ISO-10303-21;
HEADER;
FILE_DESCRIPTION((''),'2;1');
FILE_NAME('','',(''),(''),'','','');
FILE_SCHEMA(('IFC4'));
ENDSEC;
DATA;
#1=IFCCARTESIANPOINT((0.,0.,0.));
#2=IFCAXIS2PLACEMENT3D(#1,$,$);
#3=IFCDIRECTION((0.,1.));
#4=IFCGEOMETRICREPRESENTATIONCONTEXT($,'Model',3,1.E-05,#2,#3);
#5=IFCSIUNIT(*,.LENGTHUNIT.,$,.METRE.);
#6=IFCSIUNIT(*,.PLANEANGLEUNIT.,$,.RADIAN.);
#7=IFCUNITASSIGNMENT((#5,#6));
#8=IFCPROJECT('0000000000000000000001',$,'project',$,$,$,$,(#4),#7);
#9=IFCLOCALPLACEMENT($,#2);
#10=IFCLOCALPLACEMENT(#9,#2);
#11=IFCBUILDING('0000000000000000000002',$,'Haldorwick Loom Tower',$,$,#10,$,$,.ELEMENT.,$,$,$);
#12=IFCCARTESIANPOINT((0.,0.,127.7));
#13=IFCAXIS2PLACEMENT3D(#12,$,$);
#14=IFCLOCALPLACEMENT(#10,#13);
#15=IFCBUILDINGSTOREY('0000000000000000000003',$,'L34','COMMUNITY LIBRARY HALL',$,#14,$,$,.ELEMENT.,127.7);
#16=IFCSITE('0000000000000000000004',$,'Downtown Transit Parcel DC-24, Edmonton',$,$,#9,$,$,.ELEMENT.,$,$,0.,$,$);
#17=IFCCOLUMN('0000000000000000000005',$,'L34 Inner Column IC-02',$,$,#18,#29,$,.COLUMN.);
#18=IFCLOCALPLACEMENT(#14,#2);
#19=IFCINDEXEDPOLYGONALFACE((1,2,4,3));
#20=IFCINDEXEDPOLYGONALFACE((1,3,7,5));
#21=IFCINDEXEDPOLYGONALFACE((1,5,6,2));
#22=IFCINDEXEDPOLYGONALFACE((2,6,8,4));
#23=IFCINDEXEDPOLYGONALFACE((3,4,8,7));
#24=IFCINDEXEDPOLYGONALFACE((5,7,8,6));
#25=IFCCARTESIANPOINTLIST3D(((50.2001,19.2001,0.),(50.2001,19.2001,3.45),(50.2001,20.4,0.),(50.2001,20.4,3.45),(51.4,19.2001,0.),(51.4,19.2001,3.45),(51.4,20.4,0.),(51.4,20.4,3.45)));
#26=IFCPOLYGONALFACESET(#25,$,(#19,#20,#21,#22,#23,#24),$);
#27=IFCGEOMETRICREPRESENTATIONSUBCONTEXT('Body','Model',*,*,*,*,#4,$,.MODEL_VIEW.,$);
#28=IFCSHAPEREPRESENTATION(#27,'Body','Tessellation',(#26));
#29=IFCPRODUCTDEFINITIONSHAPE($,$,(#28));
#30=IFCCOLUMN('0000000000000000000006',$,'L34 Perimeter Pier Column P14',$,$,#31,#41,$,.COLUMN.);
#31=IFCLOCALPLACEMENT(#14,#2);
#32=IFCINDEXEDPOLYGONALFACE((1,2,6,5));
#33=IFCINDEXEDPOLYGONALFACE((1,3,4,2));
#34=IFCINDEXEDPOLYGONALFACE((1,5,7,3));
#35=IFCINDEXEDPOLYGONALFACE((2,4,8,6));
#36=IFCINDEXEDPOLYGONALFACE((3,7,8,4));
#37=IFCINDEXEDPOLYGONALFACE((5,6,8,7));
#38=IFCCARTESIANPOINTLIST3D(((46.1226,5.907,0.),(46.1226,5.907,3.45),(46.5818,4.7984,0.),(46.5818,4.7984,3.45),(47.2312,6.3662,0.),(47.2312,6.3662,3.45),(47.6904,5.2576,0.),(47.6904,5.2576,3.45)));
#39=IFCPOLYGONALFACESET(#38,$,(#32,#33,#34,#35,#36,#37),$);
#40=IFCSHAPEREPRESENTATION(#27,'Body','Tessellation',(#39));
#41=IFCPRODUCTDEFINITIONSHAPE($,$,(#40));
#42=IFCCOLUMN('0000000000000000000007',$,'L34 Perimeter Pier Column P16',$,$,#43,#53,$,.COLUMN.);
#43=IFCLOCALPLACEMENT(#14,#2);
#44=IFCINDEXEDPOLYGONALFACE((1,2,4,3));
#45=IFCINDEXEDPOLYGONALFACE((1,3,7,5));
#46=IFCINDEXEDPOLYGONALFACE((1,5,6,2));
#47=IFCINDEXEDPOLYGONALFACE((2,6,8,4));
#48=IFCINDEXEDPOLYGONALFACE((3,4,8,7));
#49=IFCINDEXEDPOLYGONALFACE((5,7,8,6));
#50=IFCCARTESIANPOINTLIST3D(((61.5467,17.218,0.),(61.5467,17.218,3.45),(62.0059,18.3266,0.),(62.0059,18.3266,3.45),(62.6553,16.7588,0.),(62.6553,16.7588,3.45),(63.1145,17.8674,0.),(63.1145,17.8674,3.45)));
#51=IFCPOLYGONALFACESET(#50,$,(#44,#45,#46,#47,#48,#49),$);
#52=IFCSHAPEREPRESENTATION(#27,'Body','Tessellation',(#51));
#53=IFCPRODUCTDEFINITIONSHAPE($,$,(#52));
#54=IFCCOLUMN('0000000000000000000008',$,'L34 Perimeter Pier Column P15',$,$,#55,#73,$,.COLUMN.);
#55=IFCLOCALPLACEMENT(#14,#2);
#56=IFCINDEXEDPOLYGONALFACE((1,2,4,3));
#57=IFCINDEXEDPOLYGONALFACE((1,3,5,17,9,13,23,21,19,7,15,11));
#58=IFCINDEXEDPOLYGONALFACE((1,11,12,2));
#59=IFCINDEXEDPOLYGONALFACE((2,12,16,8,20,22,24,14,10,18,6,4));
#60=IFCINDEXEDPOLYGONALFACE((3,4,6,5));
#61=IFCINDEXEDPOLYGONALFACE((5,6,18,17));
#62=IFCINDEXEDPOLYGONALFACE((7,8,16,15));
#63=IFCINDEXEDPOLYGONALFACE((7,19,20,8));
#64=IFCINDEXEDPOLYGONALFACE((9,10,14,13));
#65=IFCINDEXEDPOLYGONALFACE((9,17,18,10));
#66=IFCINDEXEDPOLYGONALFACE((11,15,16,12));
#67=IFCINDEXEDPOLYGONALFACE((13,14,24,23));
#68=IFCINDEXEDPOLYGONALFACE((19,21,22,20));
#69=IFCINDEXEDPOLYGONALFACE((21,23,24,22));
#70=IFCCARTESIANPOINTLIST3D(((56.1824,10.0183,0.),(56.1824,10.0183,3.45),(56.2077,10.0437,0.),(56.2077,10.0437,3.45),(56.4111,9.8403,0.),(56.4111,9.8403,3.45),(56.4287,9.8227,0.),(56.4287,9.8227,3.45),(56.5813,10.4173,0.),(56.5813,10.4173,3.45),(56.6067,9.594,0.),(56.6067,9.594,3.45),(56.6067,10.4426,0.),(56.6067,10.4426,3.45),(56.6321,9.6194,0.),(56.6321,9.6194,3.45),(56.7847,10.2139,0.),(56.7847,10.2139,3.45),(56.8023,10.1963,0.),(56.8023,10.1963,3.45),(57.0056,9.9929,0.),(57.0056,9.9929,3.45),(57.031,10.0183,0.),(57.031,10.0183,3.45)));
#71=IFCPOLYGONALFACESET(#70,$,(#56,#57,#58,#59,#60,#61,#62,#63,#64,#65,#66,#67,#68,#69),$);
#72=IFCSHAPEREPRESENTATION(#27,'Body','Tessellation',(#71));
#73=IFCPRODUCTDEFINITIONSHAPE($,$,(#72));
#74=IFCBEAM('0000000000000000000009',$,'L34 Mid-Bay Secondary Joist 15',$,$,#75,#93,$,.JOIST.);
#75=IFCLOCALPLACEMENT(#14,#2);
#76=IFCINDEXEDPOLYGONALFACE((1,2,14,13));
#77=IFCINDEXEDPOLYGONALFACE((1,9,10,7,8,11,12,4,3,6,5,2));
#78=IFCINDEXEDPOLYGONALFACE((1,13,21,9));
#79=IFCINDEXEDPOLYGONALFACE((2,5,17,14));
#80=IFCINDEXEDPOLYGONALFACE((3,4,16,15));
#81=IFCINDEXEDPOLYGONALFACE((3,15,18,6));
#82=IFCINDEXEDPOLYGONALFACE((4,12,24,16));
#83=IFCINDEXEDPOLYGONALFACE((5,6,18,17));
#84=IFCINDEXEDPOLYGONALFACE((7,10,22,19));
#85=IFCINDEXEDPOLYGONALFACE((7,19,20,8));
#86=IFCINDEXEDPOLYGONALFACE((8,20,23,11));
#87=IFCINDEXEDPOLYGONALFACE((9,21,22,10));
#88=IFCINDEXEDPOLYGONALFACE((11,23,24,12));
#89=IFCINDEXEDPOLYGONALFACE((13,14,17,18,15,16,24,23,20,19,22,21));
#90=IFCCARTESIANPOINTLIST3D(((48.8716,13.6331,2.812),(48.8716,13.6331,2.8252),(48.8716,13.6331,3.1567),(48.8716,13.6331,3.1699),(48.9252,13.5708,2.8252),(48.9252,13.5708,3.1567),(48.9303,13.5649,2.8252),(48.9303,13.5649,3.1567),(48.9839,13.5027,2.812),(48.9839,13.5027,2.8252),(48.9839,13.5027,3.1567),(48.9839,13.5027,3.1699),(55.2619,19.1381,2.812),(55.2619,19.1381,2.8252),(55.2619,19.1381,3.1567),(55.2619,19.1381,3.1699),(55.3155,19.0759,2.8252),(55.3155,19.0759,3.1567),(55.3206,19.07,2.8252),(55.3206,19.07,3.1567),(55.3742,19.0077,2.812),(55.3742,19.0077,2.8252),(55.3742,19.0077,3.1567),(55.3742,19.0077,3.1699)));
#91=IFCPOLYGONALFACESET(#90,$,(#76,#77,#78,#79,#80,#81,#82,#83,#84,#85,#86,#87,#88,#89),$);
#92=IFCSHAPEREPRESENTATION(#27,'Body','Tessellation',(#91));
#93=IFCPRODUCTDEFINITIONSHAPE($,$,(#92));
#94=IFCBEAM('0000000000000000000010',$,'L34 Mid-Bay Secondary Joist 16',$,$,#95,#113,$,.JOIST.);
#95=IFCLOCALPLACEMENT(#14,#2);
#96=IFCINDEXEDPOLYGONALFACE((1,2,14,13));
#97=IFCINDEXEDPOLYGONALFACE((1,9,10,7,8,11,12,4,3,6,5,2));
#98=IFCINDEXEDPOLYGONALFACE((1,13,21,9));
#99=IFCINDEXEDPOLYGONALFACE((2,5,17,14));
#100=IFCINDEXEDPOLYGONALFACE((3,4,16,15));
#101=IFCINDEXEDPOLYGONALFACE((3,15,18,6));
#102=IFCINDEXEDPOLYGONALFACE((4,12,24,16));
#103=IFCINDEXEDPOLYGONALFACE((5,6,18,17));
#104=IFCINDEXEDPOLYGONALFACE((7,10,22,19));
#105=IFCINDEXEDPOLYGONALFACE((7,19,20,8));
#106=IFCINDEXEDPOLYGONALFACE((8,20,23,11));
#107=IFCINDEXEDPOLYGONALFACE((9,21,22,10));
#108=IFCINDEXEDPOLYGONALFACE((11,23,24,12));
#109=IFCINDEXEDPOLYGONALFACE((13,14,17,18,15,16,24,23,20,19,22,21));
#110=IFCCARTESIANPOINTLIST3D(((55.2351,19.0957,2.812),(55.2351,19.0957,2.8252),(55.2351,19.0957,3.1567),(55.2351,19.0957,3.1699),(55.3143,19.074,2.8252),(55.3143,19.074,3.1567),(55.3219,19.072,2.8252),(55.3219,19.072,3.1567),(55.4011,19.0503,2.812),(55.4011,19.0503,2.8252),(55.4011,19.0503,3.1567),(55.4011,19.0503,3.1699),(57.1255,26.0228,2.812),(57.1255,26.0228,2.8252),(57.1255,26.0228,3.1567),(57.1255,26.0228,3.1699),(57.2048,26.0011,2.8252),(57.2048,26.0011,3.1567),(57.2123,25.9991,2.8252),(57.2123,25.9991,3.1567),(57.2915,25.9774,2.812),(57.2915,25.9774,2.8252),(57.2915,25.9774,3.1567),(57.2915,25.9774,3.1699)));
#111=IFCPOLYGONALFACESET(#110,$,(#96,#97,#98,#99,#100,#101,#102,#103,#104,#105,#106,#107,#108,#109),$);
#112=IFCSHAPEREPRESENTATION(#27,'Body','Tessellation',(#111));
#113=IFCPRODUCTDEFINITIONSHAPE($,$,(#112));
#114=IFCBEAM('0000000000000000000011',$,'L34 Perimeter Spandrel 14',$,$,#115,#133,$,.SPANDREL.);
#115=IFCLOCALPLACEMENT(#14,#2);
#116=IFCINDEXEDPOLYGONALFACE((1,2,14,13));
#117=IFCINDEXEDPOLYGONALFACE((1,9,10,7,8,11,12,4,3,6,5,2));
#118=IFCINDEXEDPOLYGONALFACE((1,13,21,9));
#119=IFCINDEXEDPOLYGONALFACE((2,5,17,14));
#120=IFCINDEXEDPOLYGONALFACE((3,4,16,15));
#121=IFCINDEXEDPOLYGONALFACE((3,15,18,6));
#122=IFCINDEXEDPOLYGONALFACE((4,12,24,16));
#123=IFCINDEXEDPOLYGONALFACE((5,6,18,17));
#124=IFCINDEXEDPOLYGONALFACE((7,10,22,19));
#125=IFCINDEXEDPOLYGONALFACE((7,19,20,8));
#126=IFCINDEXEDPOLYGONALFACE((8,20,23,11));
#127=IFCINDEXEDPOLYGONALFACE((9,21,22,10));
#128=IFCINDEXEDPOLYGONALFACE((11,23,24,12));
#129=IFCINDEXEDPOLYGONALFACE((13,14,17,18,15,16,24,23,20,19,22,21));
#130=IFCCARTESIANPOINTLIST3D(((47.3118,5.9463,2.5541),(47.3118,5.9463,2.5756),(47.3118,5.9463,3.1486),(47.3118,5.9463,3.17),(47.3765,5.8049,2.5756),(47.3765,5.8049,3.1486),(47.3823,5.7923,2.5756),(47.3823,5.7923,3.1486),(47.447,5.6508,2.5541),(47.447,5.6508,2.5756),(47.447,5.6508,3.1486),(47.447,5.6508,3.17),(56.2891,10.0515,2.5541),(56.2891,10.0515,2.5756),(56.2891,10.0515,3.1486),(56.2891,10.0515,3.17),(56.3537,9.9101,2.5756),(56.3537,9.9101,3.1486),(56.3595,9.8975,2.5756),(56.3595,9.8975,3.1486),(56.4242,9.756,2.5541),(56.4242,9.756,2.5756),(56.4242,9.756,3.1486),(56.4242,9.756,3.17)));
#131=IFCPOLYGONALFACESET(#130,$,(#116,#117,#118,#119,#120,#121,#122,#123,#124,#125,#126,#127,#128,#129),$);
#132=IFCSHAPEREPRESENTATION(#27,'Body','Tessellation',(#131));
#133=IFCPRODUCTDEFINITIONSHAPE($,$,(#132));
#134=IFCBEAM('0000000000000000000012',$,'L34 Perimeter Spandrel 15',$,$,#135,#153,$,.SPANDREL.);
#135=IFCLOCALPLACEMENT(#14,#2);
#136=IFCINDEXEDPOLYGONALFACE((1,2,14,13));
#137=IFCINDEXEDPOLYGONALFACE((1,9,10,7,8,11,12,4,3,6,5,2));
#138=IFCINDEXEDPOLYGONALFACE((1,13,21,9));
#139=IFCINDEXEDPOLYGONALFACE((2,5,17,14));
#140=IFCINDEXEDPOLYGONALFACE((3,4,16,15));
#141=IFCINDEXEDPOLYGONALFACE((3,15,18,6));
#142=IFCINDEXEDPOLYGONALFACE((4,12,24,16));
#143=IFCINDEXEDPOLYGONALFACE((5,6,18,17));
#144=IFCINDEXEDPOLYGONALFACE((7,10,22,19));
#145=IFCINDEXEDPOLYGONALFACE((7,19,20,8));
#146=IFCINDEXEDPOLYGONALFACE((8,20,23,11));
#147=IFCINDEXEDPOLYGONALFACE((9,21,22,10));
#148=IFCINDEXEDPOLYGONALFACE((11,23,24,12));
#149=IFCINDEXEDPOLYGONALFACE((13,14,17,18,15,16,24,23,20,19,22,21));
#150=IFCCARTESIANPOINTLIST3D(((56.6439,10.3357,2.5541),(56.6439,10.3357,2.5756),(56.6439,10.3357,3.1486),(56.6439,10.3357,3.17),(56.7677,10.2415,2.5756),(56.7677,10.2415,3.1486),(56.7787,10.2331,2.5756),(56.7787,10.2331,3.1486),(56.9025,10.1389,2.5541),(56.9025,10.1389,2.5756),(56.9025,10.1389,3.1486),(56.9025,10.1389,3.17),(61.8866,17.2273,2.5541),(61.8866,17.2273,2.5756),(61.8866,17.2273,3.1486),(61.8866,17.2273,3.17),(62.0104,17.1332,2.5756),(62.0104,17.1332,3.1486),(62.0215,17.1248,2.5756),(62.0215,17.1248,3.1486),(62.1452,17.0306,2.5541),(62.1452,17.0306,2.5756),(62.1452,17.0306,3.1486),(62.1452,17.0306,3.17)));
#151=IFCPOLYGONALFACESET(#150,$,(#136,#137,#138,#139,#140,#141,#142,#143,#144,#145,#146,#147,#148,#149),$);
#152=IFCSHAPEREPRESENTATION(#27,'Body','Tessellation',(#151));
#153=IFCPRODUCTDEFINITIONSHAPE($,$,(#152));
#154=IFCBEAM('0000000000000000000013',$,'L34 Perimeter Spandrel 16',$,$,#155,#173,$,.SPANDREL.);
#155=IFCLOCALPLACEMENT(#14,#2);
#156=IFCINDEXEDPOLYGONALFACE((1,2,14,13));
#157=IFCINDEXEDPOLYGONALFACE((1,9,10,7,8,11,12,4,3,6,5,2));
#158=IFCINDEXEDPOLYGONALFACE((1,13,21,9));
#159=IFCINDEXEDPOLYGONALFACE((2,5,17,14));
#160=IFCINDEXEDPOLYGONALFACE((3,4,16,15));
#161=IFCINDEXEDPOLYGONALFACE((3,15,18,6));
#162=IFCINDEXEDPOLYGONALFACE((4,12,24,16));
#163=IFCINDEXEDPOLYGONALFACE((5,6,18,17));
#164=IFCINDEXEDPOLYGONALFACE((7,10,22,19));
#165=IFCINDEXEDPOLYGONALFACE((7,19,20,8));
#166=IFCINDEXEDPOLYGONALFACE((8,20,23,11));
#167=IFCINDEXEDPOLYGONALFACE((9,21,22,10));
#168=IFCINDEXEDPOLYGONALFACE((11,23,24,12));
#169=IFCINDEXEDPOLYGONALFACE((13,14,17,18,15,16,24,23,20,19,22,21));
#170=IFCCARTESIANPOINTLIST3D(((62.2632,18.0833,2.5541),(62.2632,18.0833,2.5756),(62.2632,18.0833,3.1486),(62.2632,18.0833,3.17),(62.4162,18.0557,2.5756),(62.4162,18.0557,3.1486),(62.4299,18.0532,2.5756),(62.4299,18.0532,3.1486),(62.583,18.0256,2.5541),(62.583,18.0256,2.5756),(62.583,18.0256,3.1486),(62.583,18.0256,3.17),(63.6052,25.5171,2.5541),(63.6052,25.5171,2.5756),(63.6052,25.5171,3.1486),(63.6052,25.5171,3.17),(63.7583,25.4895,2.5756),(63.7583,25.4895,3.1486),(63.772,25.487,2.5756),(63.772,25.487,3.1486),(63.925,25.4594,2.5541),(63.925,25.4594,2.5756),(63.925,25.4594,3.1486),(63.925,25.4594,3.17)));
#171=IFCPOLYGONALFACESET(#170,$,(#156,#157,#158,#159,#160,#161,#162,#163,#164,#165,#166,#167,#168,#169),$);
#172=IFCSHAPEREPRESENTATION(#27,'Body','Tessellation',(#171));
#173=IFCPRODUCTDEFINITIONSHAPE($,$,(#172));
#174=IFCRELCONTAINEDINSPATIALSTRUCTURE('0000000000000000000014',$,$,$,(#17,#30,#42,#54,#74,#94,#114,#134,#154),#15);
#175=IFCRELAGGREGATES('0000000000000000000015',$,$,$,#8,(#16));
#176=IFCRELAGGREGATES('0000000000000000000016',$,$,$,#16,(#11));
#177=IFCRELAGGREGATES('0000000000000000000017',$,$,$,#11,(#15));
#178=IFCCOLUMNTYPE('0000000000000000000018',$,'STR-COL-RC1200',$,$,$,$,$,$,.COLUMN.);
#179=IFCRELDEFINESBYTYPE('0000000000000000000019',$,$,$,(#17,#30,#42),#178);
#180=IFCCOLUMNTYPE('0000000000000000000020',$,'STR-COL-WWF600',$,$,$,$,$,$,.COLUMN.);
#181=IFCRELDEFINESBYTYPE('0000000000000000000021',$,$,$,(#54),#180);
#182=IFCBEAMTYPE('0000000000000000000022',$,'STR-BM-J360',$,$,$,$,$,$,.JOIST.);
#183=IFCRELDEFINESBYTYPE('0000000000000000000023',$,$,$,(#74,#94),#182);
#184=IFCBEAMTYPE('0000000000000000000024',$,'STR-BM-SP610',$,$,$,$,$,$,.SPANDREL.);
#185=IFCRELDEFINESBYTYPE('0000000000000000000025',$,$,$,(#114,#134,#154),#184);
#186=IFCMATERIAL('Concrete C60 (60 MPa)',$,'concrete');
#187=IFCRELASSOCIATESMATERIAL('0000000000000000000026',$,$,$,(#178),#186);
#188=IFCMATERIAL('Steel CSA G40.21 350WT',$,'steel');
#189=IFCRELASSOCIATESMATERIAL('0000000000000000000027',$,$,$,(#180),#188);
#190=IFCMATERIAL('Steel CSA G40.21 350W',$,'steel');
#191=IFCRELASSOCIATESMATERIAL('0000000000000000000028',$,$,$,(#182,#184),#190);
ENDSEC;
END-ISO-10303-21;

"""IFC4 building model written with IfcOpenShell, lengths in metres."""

from ifc_helpers import new_model, si_unit, direction, frame, origin, origin_2d, place, context, subcontext, project, spatial, rectangle, i_section, extrude, material, material_profile, profile_set, type_object, element, save


model = new_model("IFC4")

# Units and contexts
model_context = context("Model", 3, precision=1e-05, world=origin(), true_north=direction((0.0, 1.0)))
body_context = subcontext(model_context, "Body", "Model", "MODEL_VIEW")
ifc_project = project(units=[si_unit("LENGTHUNIT", "METRE"), si_unit("PLANEANGLEUNIT", "RADIAN")], contexts=[model_context])

# Site, building, storey
site_placement = place(None, origin())
site = spatial("IfcSite", under=ifc_project, at=site_placement, Name="Downtown Transit Parcel DC-24, Edmonton", CompositionType="ELEMENT", RefElevation=0.0)
building_placement = place(site_placement, origin())
building = spatial("IfcBuilding", under=site, at=building_placement, Name="Haldorwick Loom Tower", CompositionType="ELEMENT")
storey_placement = place(building_placement, frame((0.0, 0.0, 127.7)))
storey = spatial("IfcBuildingStorey", under=building, at=storey_placement, Name="L34", Description="COMMUNITY LIBRARY HALL", CompositionType="ELEMENT", Elevation=127.7)

# Columns
ifc_material_1 = material(Name="Concrete C60 (60 MPa)", Category="concrete")
ifc_material_profile_1 = material_profile(ifc_material_1, rectangle(XDim=1.2, YDim=1.2, at=origin_2d()), Name="RC1200X1200", Category="concrete")
ifc_profile_set_1 = profile_set([ifc_material_profile_1], Name="Concrete C60 (60 MPa)")
column_type_1 = type_object("IfcColumnType", Name="STR-COL-RC1200", PredefinedType="COLUMN", material=ifc_profile_set_1)
for number, where, z_axis, x_axis, name in (
    (1, (50.8, 19.8, 0.0), (0.0, 0.0, 1.0), (1.0, 0.0, 0.0), "L34 Inner Column IC-02"),
    (2, (46.9065, 5.5823, 0.0), (0.0, 0.0, 1.0), (0.382683, -0.92388, 0.0), "L34 Perimeter Pier Column P14"),
    (3, (62.3306, 17.5427, 0.0), (0.0, 0.0, 1.0), (0.92388, -0.382683, 0.0), "L34 Perimeter Pier Column P16"),
):
    element("IfcColumn", number, at=place(storey_placement, frame(where, z_axis=z_axis, x_axis=x_axis)), inside=storey, type_object=column_type_1, Name=name, PredefinedType="COLUMN", context=body_context, shape_type="SweptSolid", body=[
        extrude(rectangle(XDim=1.2, YDim=1.2, at=origin_2d()), origin(), (0.0, 0.0, 1.0), 3.45),
    ])
ifc_material_2 = material(Name="Steel CSA G40.21 350WT", Category="steel")
ifc_material_profile_2 = material_profile(ifc_material_2, i_section(OverallWidth=0.6001, OverallDepth=0.6001, WebThickness=0.0249, FlangeThickness=0.0359, at=origin_2d()), Name="WWF600X600", Category="steel")
ifc_profile_set_2 = profile_set([ifc_material_profile_2], Name="Steel CSA G40.21 350WT")
column_type_2 = type_object("IfcColumnType", Name="STR-COL-WWF600", PredefinedType="COLUMN", material=ifc_profile_set_2)
column_placement = place(storey_placement, frame((56.6067, 10.0183, 0.0), z_axis=(0.0, 0.0, 1.0), x_axis=(0.707107, -0.707107, 0.0)))
element("IfcColumn", 4, at=column_placement, inside=storey, type_object=column_type_2, Name="L34 Perimeter Pier Column P15", PredefinedType="COLUMN", context=body_context, shape_type="SweptSolid", body=[
    extrude(i_section(OverallWidth=0.6001, OverallDepth=0.6001, WebThickness=0.0249, FlangeThickness=0.0359, at=origin_2d()), origin(), (0.0, 0.0, 1.0), 3.45),
])

# Beams
ifc_material_3 = material(Name="Steel CSA G40.21 350W", Category="steel")
ifc_material_profile_3 = material_profile(ifc_material_3, i_section(OverallWidth=0.1721, OverallDepth=0.3579, WebThickness=0.0078, FlangeThickness=0.0132, at=origin_2d()), Name="W360X57", Category="steel")
ifc_profile_set_3 = profile_set([ifc_material_profile_3], Name="Steel CSA G40.21 350W")
beam_type_1 = type_object("IfcBeamType", Name="STR-BM-J360", PredefinedType="JOIST", material=ifc_profile_set_3)
beam_1_placement = place(storey_placement, frame((48.9277, 13.5679, 2.991), z_axis=(0.757634, 0.65268, 0.0), x_axis=(-0.65268, 0.757634, 0.0)))
element("IfcBeam", 5, at=beam_1_placement, inside=storey, type_object=beam_type_1, Name="L34 Mid-Bay Secondary Joist 15", PredefinedType="JOIST", context=body_context, shape_type="SweptSolid", body=[
    extrude(i_section(OverallWidth=0.1721, OverallDepth=0.3579, WebThickness=0.0078, FlangeThickness=0.0132, at=origin_2d()), origin(), (0.0, 0.0, 1.0), 8.4346),
])
beam_2_placement = place(storey_placement, frame((55.3181, 19.073, 2.991), z_axis=(0.263273, 0.964721, 0.0), x_axis=(-0.964721, 0.263273, 0.0)))
element("IfcBeam", 6, at=beam_2_placement, inside=storey, type_object=beam_type_1, Name="L34 Mid-Bay Secondary Joist 16", PredefinedType="JOIST", context=body_context, shape_type="SweptSolid", body=[
    extrude(i_section(OverallWidth=0.1721, OverallDepth=0.3579, WebThickness=0.0078, FlangeThickness=0.0132, at=origin_2d()), origin(), (0.0, 0.0, 1.0), 7.1804),
])
ifc_material_profile_4 = material_profile(ifc_material_3, i_section(OverallWidth=0.325, OverallDepth=0.616, WebThickness=0.0139, FlangeThickness=0.0215, at=origin_2d()), Name="W610X174", Category="steel")
ifc_profile_set_4 = profile_set([ifc_material_profile_4], Name="Steel CSA G40.21 350W")
beam_type_2 = type_object("IfcBeamType", Name="STR-BM-SP610", PredefinedType="SPANDREL", material=ifc_profile_set_4)
beam_3_placement = place(storey_placement, frame((47.3794, 5.7986, 2.8621), z_axis=(0.909424, 0.41587, 0.0), x_axis=(-0.41587, 0.909424, 0.0)))
element("IfcBeam", 7, at=beam_3_placement, inside=storey, type_object=beam_type_2, Name="L34 Perimeter Spandrel 14", PredefinedType="SPANDREL", context=body_context, shape_type="SweptSolid", body=[
    extrude(i_section(OverallWidth=0.325, OverallDepth=0.616, WebThickness=0.0139, FlangeThickness=0.0215, at=origin_2d()), origin(), (0.0, 0.0, 1.0), 9.8713),
])
beam_4_placement = place(storey_placement, frame((56.7732, 10.2373, 2.8621), z_axis=(0.605454, 0.795881, 0.0), x_axis=(-0.795881, 0.605454, 0.0)))
element("IfcBeam", 8, at=beam_4_placement, inside=storey, type_object=beam_type_2, Name="L34 Perimeter Spandrel 15", PredefinedType="SPANDREL", context=body_context, shape_type="SweptSolid", body=[
    extrude(i_section(OverallWidth=0.325, OverallDepth=0.616, WebThickness=0.0139, FlangeThickness=0.0215, at=origin_2d()), origin(), (0.0, 0.0, 1.0), 8.6592),
])
beam_5_placement = place(storey_placement, frame((62.4231, 18.0544, 2.8621), z_axis=(0.177659, 0.984092, 0.0), x_axis=(-0.984092, 0.177659, 0.0)))
element("IfcBeam", 9, at=beam_5_placement, inside=storey, type_object=beam_type_2, Name="L34 Perimeter Spandrel 16", PredefinedType="SPANDREL", context=body_context, shape_type="SweptSolid", body=[
    extrude(i_section(OverallWidth=0.325, OverallDepth=0.616, WebThickness=0.0139, FlangeThickness=0.0215, at=origin_2d()), origin(), (0.0, 0.0, 1.0), 7.554),
])

save(model, "model.ifc")
